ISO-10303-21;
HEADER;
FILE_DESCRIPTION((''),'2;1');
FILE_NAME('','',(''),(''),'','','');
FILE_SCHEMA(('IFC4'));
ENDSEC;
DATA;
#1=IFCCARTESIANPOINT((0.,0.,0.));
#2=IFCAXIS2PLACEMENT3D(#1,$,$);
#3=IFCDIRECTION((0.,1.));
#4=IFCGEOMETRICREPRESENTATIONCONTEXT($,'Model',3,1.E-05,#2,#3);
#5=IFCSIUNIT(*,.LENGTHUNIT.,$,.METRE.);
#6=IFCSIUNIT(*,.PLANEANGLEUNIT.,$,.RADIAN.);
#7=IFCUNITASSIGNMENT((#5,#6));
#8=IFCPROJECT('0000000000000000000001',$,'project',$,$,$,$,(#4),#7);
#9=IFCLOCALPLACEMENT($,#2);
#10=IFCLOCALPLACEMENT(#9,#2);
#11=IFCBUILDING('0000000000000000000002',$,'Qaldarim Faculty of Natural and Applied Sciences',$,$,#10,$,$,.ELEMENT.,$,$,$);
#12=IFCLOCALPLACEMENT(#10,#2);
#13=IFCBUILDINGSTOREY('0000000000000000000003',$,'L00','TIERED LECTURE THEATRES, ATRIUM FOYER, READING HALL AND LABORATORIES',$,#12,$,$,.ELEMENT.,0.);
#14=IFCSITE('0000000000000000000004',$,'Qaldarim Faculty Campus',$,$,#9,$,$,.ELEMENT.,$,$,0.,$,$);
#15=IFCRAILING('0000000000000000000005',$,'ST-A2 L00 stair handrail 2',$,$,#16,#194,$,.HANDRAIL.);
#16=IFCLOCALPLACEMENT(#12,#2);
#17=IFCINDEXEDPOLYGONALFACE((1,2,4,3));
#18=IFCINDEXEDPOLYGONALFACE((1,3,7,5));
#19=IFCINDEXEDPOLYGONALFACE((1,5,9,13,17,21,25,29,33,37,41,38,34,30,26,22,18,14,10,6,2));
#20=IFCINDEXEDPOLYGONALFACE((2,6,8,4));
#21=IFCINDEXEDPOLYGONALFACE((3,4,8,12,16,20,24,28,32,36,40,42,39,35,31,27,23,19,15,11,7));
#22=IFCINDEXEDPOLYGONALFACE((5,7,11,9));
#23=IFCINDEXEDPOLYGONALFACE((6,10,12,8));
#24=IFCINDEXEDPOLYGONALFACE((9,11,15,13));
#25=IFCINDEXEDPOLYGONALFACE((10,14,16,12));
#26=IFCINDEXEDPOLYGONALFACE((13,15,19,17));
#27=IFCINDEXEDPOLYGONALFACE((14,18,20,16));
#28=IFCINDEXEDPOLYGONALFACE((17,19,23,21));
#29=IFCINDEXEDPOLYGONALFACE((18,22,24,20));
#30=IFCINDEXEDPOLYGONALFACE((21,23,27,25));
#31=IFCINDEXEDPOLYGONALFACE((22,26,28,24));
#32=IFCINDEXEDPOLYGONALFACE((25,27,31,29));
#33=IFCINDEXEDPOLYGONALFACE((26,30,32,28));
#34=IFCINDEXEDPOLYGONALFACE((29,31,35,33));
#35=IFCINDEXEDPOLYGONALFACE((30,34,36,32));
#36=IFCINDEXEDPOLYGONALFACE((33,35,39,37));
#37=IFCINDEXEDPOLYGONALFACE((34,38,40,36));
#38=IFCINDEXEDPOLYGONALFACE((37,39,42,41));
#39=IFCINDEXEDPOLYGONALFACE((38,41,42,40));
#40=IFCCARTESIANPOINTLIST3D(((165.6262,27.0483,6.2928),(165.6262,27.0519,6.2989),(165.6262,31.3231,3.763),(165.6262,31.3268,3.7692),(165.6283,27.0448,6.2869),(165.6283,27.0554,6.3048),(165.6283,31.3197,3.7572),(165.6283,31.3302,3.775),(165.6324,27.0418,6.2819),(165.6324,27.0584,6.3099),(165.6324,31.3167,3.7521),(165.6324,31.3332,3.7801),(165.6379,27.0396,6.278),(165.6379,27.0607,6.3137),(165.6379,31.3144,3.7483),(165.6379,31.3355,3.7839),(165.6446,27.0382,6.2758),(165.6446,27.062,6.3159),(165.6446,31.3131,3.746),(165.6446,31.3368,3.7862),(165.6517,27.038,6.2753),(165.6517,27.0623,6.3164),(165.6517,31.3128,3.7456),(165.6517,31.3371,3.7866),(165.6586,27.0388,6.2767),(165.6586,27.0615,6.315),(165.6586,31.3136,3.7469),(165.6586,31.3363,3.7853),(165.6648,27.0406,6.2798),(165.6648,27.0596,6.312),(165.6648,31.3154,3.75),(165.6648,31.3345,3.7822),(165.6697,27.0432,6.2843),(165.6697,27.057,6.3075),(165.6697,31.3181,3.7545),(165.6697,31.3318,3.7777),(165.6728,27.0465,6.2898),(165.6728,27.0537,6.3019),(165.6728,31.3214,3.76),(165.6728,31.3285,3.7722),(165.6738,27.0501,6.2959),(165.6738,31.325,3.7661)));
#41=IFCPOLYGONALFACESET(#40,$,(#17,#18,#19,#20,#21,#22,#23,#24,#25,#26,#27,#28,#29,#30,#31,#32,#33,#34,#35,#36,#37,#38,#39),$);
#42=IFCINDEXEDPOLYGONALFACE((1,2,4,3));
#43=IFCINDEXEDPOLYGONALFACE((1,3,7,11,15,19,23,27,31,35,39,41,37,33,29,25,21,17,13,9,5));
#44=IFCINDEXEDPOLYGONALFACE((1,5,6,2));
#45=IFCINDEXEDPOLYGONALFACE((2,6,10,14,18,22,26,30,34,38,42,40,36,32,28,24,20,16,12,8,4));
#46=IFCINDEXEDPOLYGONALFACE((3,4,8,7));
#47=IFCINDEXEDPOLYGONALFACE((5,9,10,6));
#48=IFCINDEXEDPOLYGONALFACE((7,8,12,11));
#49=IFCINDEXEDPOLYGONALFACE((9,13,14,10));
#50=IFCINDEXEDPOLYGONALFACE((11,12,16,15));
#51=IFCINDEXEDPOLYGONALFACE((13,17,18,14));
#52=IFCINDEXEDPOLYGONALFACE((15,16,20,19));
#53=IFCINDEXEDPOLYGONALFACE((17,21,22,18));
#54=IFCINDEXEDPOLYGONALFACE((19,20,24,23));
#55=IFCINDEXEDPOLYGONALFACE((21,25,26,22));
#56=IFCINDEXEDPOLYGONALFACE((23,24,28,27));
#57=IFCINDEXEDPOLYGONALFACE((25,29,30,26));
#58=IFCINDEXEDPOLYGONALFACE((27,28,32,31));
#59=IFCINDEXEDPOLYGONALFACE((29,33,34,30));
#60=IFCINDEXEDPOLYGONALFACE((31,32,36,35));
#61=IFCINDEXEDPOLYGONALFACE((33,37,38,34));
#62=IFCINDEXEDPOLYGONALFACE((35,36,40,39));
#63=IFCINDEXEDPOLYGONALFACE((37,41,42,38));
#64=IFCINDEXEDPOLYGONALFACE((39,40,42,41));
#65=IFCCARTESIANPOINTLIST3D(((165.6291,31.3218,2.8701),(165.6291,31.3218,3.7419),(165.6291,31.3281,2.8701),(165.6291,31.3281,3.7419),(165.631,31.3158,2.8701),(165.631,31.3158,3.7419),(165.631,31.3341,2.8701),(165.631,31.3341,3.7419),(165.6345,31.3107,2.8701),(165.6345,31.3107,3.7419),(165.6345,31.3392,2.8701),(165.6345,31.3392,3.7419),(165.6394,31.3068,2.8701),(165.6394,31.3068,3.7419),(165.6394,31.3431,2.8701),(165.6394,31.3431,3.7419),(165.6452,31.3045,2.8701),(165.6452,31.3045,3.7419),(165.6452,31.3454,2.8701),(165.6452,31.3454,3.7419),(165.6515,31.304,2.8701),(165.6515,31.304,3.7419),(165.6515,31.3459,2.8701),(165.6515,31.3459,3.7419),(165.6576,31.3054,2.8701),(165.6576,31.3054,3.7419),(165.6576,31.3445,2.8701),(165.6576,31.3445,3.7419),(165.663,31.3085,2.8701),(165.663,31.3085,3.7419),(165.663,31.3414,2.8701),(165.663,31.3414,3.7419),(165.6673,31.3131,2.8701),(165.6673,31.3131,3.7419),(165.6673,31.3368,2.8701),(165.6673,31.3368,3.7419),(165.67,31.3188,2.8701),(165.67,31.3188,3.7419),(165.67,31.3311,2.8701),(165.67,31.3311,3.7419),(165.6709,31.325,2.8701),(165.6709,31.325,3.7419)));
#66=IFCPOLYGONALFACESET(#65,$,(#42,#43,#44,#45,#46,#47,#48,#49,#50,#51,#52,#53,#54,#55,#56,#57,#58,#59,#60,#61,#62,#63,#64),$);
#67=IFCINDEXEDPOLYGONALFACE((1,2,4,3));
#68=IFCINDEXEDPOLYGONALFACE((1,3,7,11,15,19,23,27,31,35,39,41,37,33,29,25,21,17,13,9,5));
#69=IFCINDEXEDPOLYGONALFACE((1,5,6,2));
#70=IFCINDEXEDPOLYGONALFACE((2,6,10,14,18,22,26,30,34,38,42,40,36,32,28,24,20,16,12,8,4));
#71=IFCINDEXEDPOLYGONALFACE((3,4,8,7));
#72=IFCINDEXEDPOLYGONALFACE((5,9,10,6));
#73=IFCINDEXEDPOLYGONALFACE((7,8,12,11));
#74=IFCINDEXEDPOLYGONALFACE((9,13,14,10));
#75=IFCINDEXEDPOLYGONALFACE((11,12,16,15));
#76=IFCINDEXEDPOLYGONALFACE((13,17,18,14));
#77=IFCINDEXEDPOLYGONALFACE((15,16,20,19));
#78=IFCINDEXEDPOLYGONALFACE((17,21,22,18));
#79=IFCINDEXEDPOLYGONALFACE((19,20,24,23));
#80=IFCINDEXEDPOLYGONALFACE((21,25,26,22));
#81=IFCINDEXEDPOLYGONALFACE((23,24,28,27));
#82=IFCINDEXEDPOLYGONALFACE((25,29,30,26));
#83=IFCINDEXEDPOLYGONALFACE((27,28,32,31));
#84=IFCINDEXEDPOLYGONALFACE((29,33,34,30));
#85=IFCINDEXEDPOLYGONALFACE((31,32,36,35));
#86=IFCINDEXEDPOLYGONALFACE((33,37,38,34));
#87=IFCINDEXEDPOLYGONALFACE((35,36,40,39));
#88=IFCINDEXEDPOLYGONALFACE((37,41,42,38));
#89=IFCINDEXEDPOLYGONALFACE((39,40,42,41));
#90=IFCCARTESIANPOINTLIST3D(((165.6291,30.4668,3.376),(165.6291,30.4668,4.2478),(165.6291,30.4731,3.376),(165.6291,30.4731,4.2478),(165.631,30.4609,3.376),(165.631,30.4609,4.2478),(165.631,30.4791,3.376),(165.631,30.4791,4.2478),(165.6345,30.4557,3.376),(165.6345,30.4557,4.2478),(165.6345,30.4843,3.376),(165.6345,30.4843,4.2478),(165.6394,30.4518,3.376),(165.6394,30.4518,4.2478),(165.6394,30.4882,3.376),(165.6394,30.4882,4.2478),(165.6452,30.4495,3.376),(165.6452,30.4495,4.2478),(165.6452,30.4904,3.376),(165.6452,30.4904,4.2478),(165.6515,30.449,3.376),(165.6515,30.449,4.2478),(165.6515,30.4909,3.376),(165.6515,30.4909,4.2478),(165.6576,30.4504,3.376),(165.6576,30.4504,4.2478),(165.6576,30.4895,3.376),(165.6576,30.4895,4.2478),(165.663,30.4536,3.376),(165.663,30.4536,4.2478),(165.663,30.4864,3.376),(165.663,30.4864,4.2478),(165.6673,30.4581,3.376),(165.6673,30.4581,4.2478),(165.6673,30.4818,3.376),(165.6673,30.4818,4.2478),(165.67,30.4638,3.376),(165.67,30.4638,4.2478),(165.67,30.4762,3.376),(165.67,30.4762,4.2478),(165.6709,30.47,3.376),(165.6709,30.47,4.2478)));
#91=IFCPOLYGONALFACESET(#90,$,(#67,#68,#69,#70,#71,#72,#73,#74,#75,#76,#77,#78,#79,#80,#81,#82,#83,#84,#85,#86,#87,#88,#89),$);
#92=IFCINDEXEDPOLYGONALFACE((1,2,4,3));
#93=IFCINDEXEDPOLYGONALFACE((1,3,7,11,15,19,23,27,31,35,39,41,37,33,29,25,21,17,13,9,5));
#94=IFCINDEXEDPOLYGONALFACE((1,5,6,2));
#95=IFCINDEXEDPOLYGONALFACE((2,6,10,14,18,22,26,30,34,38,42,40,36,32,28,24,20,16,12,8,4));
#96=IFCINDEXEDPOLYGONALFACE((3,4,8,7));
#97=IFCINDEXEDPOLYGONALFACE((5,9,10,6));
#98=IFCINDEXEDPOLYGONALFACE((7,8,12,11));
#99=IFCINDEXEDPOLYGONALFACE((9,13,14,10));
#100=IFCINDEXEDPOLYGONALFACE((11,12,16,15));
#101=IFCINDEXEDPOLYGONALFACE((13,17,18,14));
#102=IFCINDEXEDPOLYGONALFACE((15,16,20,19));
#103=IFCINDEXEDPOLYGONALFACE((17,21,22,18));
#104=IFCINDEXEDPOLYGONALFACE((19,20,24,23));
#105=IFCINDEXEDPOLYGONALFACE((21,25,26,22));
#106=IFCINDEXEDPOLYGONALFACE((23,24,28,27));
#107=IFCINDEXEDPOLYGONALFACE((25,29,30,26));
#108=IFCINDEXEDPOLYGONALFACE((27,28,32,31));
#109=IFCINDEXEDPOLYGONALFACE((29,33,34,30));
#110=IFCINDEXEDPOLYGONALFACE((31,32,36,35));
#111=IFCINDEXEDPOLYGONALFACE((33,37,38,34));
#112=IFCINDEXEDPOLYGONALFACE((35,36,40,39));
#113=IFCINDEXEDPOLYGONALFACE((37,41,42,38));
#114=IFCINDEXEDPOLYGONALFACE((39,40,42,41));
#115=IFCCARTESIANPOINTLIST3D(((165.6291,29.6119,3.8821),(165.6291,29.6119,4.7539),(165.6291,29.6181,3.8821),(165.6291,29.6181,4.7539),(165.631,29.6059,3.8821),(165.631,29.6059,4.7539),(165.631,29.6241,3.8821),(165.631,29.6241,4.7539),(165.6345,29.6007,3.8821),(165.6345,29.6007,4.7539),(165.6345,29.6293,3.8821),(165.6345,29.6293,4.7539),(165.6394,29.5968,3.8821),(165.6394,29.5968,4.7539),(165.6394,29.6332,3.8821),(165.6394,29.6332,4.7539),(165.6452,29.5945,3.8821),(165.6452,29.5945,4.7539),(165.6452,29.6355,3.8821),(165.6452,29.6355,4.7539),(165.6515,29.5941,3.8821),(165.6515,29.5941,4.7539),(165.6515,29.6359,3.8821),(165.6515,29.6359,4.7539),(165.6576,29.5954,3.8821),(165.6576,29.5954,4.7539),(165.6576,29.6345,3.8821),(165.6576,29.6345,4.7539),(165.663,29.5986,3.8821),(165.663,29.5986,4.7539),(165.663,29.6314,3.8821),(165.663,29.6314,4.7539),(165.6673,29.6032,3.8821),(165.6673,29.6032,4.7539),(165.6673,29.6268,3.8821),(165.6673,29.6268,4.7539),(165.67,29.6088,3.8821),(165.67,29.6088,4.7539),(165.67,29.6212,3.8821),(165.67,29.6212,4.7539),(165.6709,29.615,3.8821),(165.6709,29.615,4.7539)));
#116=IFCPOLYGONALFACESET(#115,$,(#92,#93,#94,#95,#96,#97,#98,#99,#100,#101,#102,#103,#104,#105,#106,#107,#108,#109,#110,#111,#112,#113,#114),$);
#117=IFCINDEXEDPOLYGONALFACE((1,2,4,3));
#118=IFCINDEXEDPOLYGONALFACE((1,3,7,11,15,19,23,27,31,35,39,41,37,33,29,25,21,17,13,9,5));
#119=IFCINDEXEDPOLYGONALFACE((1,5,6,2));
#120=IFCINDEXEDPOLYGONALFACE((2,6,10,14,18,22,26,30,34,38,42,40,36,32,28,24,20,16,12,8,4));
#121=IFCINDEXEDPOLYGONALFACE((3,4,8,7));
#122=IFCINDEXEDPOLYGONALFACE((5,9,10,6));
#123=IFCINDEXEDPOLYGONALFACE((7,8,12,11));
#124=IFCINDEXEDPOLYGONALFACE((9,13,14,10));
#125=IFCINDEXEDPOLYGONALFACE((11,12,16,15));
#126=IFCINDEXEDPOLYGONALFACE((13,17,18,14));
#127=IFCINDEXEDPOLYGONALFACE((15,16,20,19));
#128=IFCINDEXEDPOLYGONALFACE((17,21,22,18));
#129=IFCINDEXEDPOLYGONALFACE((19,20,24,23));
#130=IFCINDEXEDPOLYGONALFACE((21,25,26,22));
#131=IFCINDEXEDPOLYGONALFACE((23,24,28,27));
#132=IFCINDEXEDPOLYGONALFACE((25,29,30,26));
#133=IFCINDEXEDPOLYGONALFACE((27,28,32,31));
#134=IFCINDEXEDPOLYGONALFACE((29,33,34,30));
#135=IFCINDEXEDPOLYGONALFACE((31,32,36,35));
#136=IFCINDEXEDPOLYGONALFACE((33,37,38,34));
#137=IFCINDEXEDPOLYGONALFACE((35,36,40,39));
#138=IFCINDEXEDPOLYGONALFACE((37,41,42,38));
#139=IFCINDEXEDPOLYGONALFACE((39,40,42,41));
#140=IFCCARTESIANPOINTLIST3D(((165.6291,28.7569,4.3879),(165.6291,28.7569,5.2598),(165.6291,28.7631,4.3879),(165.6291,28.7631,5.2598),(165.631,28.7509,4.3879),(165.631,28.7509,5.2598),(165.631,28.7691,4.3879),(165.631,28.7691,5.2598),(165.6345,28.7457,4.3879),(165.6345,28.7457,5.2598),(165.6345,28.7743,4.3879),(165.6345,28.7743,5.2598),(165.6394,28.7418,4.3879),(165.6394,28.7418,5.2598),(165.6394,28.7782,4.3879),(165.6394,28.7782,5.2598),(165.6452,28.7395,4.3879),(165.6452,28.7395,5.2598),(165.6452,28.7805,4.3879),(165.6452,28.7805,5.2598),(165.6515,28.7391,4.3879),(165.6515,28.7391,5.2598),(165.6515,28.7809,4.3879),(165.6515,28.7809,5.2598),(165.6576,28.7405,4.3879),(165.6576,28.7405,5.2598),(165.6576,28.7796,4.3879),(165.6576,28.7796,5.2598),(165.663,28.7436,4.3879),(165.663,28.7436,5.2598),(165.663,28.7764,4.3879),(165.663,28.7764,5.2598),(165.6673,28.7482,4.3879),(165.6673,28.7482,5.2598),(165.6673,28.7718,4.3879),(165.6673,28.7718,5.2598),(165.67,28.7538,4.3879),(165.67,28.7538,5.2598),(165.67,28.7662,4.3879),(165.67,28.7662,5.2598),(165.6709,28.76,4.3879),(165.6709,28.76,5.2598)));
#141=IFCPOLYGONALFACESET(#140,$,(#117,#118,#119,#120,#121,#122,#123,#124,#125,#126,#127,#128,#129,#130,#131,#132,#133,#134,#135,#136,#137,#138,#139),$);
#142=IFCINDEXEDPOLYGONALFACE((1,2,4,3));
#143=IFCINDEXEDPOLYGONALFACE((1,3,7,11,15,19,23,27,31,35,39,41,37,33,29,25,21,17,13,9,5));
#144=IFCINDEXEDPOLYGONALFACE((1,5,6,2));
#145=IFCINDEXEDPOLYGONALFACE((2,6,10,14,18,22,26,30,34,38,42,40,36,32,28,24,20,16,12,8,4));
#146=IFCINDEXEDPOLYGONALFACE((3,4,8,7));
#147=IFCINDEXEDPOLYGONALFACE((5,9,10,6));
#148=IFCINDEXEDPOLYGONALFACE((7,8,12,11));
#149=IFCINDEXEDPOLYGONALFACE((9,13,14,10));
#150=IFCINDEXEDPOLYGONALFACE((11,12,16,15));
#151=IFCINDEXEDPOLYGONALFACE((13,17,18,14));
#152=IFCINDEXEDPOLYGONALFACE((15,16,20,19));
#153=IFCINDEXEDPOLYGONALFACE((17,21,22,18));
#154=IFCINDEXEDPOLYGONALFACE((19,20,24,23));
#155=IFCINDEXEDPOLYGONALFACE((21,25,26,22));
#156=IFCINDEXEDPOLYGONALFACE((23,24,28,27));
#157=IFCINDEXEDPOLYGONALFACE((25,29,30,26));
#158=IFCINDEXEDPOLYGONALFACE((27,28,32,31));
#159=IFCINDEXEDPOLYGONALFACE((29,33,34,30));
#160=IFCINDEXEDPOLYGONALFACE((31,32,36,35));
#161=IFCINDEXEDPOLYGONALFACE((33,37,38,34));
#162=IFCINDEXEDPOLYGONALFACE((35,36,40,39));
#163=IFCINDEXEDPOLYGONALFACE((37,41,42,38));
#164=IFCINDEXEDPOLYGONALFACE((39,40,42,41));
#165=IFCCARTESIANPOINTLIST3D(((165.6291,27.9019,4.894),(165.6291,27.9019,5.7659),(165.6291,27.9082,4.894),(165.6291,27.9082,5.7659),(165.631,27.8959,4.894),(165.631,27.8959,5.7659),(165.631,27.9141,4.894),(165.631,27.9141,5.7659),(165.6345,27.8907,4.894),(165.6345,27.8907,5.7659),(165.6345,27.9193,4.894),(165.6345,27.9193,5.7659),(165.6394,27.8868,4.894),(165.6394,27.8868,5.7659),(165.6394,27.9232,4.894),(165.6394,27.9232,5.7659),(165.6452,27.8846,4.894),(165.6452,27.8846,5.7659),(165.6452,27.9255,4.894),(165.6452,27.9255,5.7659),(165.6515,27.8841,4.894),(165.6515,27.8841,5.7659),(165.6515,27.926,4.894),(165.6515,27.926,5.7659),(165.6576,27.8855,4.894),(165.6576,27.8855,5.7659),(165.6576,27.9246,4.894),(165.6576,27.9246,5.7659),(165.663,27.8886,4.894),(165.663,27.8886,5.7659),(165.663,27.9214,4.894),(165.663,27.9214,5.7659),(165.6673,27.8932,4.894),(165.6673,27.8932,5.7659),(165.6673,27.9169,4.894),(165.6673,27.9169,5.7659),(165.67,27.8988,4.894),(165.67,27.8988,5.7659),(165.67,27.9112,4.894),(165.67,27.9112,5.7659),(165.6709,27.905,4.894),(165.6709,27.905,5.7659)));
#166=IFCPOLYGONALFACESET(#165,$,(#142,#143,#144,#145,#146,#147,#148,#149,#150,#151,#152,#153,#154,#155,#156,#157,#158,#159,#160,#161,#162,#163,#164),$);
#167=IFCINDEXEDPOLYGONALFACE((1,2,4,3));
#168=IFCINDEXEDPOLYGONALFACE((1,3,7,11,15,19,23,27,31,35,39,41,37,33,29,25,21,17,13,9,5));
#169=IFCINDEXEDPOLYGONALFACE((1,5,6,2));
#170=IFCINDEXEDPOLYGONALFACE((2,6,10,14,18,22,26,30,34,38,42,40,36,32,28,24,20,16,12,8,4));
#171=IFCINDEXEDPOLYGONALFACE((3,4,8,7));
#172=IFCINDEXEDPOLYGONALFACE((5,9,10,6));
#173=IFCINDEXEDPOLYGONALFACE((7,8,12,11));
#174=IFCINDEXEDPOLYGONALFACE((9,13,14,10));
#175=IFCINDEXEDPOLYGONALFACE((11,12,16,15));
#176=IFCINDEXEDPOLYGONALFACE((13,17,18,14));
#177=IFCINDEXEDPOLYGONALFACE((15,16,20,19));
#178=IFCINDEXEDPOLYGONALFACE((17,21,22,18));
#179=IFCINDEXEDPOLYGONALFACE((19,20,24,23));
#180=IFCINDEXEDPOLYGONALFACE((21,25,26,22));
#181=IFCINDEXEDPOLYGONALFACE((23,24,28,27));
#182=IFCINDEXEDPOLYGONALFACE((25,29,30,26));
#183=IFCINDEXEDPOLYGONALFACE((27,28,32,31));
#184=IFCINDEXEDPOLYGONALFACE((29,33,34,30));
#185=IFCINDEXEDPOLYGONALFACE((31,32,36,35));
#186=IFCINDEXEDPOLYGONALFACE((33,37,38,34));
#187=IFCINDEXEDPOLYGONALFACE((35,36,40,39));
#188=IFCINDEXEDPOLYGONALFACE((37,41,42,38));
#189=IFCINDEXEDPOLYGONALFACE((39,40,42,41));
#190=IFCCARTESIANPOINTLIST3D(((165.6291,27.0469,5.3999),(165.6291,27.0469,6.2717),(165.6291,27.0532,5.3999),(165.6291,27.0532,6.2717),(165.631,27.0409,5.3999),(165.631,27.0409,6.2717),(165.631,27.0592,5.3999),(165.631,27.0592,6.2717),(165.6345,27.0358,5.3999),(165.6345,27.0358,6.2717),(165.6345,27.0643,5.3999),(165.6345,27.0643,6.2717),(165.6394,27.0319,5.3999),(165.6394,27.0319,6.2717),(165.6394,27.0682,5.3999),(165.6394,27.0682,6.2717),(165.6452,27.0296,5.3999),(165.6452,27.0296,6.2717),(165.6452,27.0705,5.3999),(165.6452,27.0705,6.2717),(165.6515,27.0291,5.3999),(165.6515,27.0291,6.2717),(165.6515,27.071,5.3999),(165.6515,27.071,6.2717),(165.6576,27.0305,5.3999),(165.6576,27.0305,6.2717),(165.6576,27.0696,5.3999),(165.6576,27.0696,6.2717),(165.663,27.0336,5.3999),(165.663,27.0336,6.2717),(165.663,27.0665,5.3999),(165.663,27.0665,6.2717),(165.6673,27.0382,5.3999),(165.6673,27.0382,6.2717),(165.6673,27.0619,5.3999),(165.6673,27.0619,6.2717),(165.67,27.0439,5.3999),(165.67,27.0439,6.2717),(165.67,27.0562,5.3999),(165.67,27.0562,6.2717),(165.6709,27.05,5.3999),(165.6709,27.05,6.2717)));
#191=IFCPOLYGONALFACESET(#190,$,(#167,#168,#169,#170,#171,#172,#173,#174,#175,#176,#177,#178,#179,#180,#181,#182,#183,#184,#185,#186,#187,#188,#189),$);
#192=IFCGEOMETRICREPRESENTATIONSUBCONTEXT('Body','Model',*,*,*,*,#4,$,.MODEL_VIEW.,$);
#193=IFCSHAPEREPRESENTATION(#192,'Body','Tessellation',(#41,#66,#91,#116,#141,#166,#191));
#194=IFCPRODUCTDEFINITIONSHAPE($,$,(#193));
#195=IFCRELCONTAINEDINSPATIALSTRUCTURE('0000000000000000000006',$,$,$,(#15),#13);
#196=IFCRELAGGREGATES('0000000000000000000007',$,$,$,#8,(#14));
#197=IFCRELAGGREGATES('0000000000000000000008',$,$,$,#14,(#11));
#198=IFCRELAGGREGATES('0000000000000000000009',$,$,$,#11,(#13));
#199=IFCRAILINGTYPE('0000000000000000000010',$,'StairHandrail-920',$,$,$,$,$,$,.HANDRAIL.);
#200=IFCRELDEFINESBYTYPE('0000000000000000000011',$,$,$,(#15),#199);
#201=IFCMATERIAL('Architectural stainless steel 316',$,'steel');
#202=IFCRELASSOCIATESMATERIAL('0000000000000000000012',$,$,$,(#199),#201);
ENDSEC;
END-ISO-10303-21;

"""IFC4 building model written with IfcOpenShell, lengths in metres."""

from ifc_helpers import new_model, si_unit, direction, frame, origin, origin_2d, place, context, subcontext, project, spatial, circle, extrude, material, type_object, element, save


model = new_model("IFC4")

# Units and contexts
model_context = context("Model", 3, precision=1e-05, world=origin(), true_north=direction((0.0, 1.0)))
body_context = subcontext(model_context, "Body", "Model", "MODEL_VIEW")
ifc_project = project(units=[si_unit("LENGTHUNIT", "METRE"), si_unit("PLANEANGLEUNIT", "RADIAN")], contexts=[model_context])

# Site, building, storey
site_placement = place(None, origin())
site = spatial("IfcSite", under=ifc_project, at=site_placement, Name="Qaldarim Faculty Campus", CompositionType="ELEMENT", RefElevation=0.0)
building_placement = place(site_placement, origin())
building = spatial("IfcBuilding", under=site, at=building_placement, Name="Qaldarim Faculty of Natural and Applied Sciences", CompositionType="ELEMENT")
storey_placement = place(building_placement, origin())
storey = spatial("IfcBuildingStorey", under=building, at=storey_placement, Name="L00", Description="TIERED LECTURE THEATRES, ATRIUM FOYER, READING HALL AND LABORATORIES", CompositionType="ELEMENT", Elevation=0.0)

# Shared definitions
ifc_material_1 = material(Name="Architectural stainless steel 316", Category="steel")

# Railing
railing_type_1 = type_object("IfcRailingType", Name="StairHandrail-920", PredefinedType="HANDRAIL", material=ifc_material_1)
railing_1_placement = place(storey_placement, frame((165.6499, 31.325, 2.8701)))
element("IfcRailing", 1, at=railing_1_placement, inside=storey, type_object=railing_type_1, Name="ST-A2 L00 stair handrail 2", PredefinedType="HANDRAIL", context=body_context, shape_type="SweptSolid", body=[
    extrude(circle(Radius=0.0239, at=origin_2d()), frame((0.0, 0.0, 0.896), z_axis=(0.0, -0.8606, 0.509282), x_axis=(1.0, 0.0, 0.0)), (0.0, 0.0, 1.0), 4.9673),
    extrude(circle(Radius=0.021, at=origin_2d()), origin(), (0.0, 0.0, 1.0), 0.8718),
    extrude(circle(Radius=0.021, at=origin_2d()), frame((0.0, -0.855, 0.5059)), (0.0, 0.0, 1.0), 0.8718),
    extrude(circle(Radius=0.021, at=origin_2d()), frame((0.0, -1.71, 1.012)), (0.0, 0.0, 1.0), 0.8718),
    extrude(circle(Radius=0.021, at=origin_2d()), frame((0.0, -2.5649, 1.5178)), (0.0, 0.0, 1.0), 0.8718),
    extrude(circle(Radius=0.021, at=origin_2d()), frame((0.0, -3.4199, 2.0239)), (0.0, 0.0, 1.0), 0.8718),
    extrude(circle(Radius=0.021, at=origin_2d()), frame((0.0, -4.2749, 2.5298)), (0.0, 0.0, 1.0), 0.8718),
])

save(model, "model.ifc")
